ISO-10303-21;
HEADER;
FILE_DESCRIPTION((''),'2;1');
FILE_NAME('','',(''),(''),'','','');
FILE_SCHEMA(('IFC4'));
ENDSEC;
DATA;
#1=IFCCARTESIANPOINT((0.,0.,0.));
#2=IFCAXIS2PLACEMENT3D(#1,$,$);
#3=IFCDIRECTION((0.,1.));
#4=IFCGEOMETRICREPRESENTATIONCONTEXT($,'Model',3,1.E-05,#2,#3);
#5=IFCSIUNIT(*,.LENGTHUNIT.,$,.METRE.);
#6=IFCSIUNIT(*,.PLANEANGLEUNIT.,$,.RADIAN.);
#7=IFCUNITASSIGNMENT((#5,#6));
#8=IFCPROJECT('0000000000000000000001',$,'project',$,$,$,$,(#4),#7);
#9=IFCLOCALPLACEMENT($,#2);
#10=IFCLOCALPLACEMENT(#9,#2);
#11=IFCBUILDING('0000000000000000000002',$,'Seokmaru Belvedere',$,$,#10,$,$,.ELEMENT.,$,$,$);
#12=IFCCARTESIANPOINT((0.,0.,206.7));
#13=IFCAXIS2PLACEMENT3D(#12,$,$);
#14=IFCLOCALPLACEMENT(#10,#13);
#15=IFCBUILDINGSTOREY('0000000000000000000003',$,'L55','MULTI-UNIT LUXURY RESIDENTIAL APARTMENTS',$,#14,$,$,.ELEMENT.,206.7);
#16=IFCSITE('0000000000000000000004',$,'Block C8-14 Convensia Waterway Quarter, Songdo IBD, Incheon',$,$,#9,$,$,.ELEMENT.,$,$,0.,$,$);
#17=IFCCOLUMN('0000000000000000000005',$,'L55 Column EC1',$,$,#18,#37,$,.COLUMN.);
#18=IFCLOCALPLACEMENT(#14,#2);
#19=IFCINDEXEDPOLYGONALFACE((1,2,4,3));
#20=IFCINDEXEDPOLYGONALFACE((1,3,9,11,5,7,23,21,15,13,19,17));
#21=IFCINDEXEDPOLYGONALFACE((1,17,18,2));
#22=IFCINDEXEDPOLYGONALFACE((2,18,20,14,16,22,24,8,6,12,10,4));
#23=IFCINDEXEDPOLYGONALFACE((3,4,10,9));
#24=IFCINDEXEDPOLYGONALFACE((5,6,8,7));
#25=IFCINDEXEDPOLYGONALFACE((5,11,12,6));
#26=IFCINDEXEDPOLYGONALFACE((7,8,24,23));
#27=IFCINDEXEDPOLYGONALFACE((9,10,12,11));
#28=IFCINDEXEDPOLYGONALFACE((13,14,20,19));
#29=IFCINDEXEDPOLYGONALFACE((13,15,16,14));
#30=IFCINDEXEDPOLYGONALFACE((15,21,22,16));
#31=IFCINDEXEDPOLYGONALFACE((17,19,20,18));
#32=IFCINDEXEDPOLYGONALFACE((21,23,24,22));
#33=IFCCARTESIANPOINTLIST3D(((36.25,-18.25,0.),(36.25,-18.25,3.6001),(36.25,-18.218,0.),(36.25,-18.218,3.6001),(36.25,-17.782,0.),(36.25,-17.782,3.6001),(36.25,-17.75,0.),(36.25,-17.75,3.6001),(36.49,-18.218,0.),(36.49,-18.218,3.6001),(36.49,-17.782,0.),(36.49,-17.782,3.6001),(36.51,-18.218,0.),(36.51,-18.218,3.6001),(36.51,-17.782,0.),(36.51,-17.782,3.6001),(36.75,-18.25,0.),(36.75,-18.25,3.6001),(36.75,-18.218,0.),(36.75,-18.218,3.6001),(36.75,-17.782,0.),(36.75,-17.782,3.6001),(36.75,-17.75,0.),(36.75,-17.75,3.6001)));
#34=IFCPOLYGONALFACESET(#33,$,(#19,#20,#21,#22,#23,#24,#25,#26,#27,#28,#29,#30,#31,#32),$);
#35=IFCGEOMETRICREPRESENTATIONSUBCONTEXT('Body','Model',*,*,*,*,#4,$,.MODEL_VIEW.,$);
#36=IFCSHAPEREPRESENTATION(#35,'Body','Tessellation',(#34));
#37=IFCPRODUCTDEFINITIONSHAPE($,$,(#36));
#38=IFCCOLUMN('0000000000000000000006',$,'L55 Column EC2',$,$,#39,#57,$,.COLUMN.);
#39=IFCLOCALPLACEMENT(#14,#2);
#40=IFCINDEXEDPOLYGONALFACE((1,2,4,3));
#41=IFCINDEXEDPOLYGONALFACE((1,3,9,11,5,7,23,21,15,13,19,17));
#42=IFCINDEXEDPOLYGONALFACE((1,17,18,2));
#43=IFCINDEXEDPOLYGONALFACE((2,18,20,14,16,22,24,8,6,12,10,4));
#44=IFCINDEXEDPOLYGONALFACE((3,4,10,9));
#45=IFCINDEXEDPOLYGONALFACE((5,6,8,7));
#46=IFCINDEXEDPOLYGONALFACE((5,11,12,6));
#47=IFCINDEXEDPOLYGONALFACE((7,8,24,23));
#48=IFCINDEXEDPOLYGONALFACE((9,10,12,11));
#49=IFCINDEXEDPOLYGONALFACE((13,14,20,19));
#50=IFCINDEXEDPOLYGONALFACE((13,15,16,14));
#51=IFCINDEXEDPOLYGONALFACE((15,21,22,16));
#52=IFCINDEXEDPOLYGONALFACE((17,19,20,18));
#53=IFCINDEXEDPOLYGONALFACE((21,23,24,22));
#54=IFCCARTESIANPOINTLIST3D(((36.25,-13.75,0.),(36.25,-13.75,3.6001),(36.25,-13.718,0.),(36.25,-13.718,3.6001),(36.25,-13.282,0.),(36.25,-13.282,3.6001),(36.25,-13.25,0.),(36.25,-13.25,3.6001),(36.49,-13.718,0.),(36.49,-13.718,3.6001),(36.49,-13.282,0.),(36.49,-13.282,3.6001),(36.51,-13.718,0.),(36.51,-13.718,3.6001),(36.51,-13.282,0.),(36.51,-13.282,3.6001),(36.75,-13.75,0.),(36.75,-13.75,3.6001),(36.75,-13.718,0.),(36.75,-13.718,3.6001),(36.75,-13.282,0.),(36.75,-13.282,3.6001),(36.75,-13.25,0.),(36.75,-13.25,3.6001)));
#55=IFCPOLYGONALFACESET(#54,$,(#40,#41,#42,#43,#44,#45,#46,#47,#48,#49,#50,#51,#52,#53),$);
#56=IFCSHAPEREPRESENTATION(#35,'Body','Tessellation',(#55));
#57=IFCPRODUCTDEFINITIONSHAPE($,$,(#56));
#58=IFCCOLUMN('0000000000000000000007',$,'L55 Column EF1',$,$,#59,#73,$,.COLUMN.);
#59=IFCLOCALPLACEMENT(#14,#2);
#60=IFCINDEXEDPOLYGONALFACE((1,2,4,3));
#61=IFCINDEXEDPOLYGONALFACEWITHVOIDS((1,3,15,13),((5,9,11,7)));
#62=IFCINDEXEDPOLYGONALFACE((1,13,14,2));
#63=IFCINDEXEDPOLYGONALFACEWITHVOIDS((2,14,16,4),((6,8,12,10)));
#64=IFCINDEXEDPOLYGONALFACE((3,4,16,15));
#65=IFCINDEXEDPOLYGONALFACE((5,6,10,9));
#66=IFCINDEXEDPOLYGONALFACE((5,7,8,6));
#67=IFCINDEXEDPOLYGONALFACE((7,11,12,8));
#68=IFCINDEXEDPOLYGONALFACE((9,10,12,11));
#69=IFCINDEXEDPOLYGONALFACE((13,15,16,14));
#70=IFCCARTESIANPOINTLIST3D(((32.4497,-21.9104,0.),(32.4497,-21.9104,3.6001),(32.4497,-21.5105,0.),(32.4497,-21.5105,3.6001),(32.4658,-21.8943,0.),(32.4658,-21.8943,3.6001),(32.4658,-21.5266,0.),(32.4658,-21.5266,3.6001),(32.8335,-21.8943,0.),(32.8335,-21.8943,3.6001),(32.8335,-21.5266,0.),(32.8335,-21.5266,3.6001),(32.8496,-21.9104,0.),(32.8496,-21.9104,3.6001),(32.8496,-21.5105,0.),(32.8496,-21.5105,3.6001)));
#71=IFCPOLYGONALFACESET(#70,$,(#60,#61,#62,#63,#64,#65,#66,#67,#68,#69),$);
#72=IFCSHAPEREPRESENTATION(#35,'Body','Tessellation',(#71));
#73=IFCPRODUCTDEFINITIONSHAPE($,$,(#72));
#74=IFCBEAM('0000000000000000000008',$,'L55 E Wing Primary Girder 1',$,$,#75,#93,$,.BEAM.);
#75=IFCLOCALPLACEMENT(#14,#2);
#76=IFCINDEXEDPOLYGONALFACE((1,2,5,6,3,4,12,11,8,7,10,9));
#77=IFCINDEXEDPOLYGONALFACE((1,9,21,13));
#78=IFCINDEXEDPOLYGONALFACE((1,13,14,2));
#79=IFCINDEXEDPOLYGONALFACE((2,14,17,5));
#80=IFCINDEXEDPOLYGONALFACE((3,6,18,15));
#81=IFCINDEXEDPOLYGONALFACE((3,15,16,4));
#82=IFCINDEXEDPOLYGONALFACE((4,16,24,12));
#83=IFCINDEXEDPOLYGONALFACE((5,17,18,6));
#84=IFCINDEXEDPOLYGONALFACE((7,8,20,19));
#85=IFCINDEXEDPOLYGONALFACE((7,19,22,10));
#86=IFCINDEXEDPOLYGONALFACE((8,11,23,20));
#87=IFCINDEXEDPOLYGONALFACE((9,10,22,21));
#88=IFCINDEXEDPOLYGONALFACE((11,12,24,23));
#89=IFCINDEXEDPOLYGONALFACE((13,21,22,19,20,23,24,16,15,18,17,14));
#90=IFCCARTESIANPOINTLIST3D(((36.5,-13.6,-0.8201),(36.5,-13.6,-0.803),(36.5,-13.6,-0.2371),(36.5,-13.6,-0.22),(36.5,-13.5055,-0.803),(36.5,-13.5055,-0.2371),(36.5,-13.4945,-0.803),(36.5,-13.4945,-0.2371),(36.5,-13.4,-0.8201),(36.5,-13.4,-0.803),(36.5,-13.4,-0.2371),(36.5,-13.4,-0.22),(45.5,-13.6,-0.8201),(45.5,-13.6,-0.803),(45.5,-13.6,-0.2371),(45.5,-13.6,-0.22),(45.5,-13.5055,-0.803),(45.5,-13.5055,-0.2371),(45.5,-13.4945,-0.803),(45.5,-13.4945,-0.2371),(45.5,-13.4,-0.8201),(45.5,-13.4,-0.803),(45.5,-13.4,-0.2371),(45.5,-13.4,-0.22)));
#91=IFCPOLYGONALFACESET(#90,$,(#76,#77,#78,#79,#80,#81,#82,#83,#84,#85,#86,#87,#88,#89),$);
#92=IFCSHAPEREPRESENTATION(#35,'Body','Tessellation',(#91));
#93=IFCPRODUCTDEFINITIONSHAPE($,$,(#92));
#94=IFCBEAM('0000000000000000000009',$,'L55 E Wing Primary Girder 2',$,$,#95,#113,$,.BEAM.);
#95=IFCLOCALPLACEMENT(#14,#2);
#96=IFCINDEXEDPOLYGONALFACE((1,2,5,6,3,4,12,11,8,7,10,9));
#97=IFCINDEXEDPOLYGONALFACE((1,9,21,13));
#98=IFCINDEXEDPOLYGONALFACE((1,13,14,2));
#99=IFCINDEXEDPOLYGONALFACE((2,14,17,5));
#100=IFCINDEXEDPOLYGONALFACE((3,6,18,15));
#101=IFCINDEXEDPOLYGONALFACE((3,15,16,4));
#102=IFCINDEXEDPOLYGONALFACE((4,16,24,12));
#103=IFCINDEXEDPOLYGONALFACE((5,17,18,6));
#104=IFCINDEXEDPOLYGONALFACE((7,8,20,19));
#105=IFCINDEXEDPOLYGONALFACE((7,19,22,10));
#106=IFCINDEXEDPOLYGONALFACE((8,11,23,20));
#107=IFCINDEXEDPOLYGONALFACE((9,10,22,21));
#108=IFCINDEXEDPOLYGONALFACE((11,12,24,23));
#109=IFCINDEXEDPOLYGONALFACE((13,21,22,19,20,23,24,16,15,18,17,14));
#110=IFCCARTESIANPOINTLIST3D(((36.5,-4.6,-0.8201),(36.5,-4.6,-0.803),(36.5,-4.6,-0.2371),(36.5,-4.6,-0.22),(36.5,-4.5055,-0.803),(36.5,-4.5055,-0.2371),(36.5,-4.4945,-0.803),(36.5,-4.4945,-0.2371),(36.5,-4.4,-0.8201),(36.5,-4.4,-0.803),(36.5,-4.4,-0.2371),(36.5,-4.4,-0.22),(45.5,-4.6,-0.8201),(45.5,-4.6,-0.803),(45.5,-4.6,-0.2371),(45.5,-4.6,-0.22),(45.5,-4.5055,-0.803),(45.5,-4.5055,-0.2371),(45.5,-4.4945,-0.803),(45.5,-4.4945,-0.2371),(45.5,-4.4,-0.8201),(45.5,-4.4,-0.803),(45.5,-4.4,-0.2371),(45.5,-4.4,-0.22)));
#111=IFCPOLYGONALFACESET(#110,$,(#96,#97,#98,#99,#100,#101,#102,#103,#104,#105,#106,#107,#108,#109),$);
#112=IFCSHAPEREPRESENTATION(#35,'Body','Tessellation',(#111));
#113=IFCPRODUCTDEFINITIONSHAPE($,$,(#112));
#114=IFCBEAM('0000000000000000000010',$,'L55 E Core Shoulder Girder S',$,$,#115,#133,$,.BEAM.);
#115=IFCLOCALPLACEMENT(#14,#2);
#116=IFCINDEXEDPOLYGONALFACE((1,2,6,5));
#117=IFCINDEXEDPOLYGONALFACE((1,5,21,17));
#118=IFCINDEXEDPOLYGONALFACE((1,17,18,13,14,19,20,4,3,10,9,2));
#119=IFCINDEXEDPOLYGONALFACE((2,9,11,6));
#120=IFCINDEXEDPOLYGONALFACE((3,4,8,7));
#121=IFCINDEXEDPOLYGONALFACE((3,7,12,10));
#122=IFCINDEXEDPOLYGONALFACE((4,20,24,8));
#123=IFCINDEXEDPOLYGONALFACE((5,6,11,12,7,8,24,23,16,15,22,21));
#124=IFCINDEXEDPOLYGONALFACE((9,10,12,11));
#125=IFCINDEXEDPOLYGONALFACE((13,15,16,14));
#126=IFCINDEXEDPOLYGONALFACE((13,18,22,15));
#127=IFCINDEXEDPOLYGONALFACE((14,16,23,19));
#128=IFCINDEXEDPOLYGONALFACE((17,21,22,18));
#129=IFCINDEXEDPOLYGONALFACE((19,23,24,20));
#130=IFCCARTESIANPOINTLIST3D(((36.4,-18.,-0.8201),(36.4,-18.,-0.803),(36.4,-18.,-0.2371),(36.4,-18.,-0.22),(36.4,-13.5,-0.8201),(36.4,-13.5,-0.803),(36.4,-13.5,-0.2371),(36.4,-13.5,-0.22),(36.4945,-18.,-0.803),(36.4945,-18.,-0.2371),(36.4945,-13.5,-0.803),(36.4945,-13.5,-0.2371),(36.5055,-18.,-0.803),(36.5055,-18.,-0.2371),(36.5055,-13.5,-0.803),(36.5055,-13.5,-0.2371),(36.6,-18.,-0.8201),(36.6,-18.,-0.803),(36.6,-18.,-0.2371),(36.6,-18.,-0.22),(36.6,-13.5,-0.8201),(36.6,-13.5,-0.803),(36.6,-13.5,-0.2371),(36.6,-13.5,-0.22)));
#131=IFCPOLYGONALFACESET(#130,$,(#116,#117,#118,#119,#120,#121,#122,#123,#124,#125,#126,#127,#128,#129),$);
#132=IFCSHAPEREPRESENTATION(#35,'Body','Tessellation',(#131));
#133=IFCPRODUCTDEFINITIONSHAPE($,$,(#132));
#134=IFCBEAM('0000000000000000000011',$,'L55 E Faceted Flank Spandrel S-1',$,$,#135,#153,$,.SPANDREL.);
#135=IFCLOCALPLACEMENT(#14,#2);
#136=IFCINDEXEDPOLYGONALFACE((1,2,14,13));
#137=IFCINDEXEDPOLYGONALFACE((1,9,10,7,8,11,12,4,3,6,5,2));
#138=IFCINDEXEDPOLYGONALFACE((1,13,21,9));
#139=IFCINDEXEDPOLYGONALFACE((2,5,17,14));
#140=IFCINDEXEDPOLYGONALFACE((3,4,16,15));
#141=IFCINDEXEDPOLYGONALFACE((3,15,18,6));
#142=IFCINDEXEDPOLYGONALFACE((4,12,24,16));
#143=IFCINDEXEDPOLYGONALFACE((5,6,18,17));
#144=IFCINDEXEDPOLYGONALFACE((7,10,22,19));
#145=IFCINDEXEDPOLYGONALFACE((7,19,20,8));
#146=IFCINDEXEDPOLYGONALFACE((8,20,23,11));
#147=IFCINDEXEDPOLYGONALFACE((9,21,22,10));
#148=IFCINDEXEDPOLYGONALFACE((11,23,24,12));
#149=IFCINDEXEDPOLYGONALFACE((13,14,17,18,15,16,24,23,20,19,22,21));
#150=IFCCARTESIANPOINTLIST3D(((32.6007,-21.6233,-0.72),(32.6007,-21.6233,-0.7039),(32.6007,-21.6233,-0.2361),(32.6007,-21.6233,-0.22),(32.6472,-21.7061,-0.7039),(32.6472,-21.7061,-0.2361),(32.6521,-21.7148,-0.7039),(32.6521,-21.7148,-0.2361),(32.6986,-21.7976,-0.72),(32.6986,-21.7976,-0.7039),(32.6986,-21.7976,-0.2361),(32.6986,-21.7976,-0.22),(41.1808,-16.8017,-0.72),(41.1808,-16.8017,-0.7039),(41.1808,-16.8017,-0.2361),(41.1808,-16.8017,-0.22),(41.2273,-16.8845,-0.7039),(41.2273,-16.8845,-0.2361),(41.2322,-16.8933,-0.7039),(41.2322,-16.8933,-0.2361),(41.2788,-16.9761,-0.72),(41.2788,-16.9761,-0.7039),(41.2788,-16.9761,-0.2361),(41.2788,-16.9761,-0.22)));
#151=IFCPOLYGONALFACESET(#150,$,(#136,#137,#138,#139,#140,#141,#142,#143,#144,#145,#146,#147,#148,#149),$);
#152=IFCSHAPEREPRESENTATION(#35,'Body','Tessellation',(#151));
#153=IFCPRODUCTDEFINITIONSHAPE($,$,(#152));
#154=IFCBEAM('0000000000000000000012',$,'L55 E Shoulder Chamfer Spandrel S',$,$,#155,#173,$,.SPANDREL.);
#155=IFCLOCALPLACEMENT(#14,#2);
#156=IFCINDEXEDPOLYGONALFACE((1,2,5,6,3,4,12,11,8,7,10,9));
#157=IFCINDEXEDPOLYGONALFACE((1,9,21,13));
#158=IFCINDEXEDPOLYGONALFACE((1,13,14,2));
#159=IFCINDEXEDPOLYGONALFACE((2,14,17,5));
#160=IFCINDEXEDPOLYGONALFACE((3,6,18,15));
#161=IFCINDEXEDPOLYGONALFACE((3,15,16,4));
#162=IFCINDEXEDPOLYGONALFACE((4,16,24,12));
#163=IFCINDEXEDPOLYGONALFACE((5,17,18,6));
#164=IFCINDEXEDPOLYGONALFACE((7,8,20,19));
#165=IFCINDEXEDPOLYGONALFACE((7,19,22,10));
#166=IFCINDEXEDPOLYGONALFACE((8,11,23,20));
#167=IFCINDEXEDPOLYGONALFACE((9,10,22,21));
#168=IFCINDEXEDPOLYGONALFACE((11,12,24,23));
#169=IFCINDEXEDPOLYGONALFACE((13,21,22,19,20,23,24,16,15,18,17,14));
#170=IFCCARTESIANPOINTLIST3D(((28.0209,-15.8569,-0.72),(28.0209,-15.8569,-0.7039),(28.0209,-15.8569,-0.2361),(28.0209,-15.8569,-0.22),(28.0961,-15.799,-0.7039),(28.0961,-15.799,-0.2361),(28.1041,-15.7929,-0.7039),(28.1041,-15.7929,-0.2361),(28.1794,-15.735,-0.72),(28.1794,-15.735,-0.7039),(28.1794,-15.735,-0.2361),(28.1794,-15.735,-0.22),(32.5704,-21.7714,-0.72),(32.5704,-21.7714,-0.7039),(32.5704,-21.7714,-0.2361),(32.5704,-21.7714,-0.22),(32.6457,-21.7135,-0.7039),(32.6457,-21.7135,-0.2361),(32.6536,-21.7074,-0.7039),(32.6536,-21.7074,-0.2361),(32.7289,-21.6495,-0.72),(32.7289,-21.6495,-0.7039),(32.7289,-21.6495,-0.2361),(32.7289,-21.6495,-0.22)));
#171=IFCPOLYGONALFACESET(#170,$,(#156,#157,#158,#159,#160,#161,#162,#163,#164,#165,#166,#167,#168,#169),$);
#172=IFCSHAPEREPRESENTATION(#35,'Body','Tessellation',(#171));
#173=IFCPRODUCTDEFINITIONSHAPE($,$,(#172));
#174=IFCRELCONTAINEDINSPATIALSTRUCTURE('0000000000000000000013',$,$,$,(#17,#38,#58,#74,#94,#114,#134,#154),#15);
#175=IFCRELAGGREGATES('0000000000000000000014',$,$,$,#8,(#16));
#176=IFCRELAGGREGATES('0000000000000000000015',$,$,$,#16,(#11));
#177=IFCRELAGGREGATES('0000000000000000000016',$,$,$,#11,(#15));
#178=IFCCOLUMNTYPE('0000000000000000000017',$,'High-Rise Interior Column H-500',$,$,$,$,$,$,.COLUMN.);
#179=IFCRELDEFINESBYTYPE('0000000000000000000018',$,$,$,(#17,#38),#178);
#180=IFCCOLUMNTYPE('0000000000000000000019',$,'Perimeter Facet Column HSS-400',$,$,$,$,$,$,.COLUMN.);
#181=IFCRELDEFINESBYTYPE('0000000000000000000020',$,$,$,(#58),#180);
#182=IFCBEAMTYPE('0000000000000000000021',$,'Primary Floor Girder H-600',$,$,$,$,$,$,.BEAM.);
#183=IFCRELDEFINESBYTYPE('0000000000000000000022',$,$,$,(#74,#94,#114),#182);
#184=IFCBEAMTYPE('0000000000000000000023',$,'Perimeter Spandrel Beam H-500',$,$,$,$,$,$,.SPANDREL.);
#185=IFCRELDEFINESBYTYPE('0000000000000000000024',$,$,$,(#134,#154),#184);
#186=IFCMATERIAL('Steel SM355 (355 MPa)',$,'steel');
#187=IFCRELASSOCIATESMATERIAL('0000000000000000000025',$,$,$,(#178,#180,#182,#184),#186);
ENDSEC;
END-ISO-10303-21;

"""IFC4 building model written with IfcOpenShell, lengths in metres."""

from ifc_helpers import new_model, si_unit, direction, frame, origin, origin_2d, place, context, subcontext, project, spatial, hollow_rectangle, i_section, extrude, source, transform, mapped, material, material_profile, profile_set, type_object, type_shapes, element, save


model = new_model("IFC4")

# Units and contexts
model_context = context("Model", 3, precision=1e-05, world=origin(), true_north=direction((0.0, 1.0)))
body_context = subcontext(model_context, "Body", "Model", "MODEL_VIEW")
ifc_project = project(units=[si_unit("LENGTHUNIT", "METRE"), si_unit("PLANEANGLEUNIT", "RADIAN")], contexts=[model_context])

# Site, building, storey
site_placement = place(None, origin())
site = spatial("IfcSite", under=ifc_project, at=site_placement, Name="Block C8-14 Convensia Waterway Quarter, Songdo IBD, Incheon", CompositionType="ELEMENT", RefElevation=0.0)
building_placement = place(site_placement, origin())
building = spatial("IfcBuilding", under=site, at=building_placement, Name="Seokmaru Belvedere", CompositionType="ELEMENT")
storey_placement = place(building_placement, frame((0.0, 0.0, 206.7)))
storey = spatial("IfcBuildingStorey", under=building, at=storey_placement, Name="L55", Description="MULTI-UNIT LUXURY RESIDENTIAL APARTMENTS", CompositionType="ELEMENT", Elevation=206.7)

# Columns
ifc_material_1 = material(Name="Steel SM355 (355 MPa)", Category="steel")
ifc_material_profile_1 = material_profile(ifc_material_1, i_section(OverallWidth=0.5, OverallDepth=0.5, WebThickness=0.02, FlangeThickness=0.032, at=origin_2d()), Name="H-500x500x20x32")
ifc_profile_set_1 = profile_set([ifc_material_profile_1], Name="Steel SM355 (355 MPa)")
column_type_1 = type_object("IfcColumnType", Name="High-Rise Interior Column H-500", PredefinedType="COLUMN", material=ifc_profile_set_1)
shared_shape_1 = source(origin(), body_context, "Body", "SweptSolid", [
    extrude(i_section(OverallWidth=0.5, OverallDepth=0.5, WebThickness=0.02, FlangeThickness=0.032, at=origin_2d()), origin(), (0.0, 0.0, 1.0), 3.6001),
])
type_shapes(column_type_1, [shared_shape_1])
for number, where, z_axis, x_axis, name in (
    (1, (36.5, -18.0, 0.0), (0.0, 0.0, 1.0), (1.0, 0.0, 0.0), "L55 Column EC1"),
    (2, (36.5, -13.5, 0.0), (0.0, 0.0, 1.0), (1.0, 0.0, 0.0), "L55 Column EC2"),
):
    element("IfcColumn", number, at=place(storey_placement, frame(where, z_axis=z_axis, x_axis=x_axis)), inside=storey, type_object=column_type_1, Name=name, PredefinedType="COLUMN", context=body_context, shape_type="MappedRepresentation", body=[
        mapped(shared_shape_1, transform((0.0, 0.0, 0.0), scale=1.0)),
    ])
ifc_material_profile_2 = material_profile(ifc_material_1, hollow_rectangle(XDim=0.3999, YDim=0.3999, WallThickness=0.0161, at=origin_2d()), Name="HSS-400x400x16")
ifc_profile_set_2 = profile_set([ifc_material_profile_2], Name="Steel SM355 (355 MPa)")
column_type_2 = type_object("IfcColumnType", Name="Perimeter Facet Column HSS-400", PredefinedType="COLUMN", material=ifc_profile_set_2)
shared_shape_2 = source(origin(), body_context, "Body", "SweptSolid", [
    extrude(hollow_rectangle(XDim=0.3999, YDim=0.3999, WallThickness=0.0161, at=origin_2d()), origin(), (0.0, 0.0, 1.0), 3.6001),
])
type_shapes(column_type_2, [shared_shape_2])
column_placement = place(storey_placement, frame((32.6497, -21.7104, 0.0), z_axis=(0.0, 0.0, 1.0), x_axis=(1.0, 0.0, 0.0)))
element("IfcColumn", 3, at=column_placement, inside=storey, type_object=column_type_2, Name="L55 Column EF1", PredefinedType="COLUMN", context=body_context, shape_type="MappedRepresentation", body=[
    mapped(shared_shape_2, transform((0.0, 0.0, 0.0), scale=1.0)),
])

# Beams
ifc_material_profile_3 = material_profile(ifc_material_1, i_section(OverallWidth=0.2, OverallDepth=0.6001, WebThickness=0.011, FlangeThickness=0.0171, at=origin_2d()), Name="H-600x200x11x17")
ifc_profile_set_3 = profile_set([ifc_material_profile_3], Name="Steel SM355 (355 MPa)")
beam_type_1 = type_object("IfcBeamType", Name="Primary Floor Girder H-600", PredefinedType="BEAM", material=ifc_profile_set_3)
shared_shape_3 = source(origin(), body_context, "Body", "SweptSolid", [
    extrude(i_section(OverallWidth=0.2, OverallDepth=0.6001, WebThickness=0.011, FlangeThickness=0.0171, at=origin_2d()), origin(), (0.0, 0.0, 1.0), 9.0),
])
for number, where, z_axis, x_axis, name in (
    (4, (36.5, -13.5, -0.52), (1.0, 0.0, 0.0), (0.0, 1.0, 0.0), "L55 E Wing Primary Girder 1"),
    (5, (36.5, -4.5, -0.52), (1.0, 0.0, 0.0), (0.0, 1.0, 0.0), "L55 E Wing Primary Girder 2"),
):
    element("IfcBeam", number, at=place(storey_placement, frame(where, z_axis=z_axis, x_axis=x_axis)), inside=storey, type_object=beam_type_1, Name=name, PredefinedType="BEAM", context=body_context, shape_type="MappedRepresentation", body=[
        mapped(shared_shape_3, transform((0.0, 0.0, 0.0), scale=1.0)),
    ])
shared_shape_4 = source(origin(), body_context, "Body", "SweptSolid", [
    extrude(i_section(OverallWidth=0.2, OverallDepth=0.6001, WebThickness=0.011, FlangeThickness=0.0171, at=origin_2d()), origin(), (0.0, 0.0, 1.0), 4.5),
])
type_shapes(beam_type_1, [shared_shape_3, shared_shape_4])
beam_1_placement = place(storey_placement, frame((36.5, -18.0, -0.52), z_axis=(0.0, 1.0, 0.0), x_axis=(-1.0, 0.0, 0.0)))
element("IfcBeam", 6, at=beam_1_placement, inside=storey, type_object=beam_type_1, Name="L55 E Core Shoulder Girder S", PredefinedType="BEAM", context=body_context, shape_type="MappedRepresentation", body=[
    mapped(shared_shape_4, transform((0.0, 0.0, 0.0), scale=1.0)),
])
ifc_material_profile_4 = material_profile(ifc_material_1, i_section(OverallWidth=0.2, OverallDepth=0.5, WebThickness=0.01, FlangeThickness=0.0161, at=origin_2d()), Name="H-500x200x10x16")
ifc_profile_set_4 = profile_set([ifc_material_profile_4], Name="Steel SM355 (355 MPa)")
beam_type_2 = type_object("IfcBeamType", Name="Perimeter Spandrel Beam H-500", PredefinedType="SPANDREL", material=ifc_profile_set_4)
shared_shape_5 = source(origin(), body_context, "Body", "SweptSolid", [
    extrude(i_section(OverallWidth=0.2, OverallDepth=0.5, WebThickness=0.01, FlangeThickness=0.0161, at=origin_2d()), origin(), (0.0, 0.0, 1.0), 9.842),
])
beam_2_placement = place(storey_placement, frame((32.6497, -21.7104, -0.47), z_axis=(0.871782, 0.489894, 0.0), x_axis=(-0.489894, 0.871782, 0.0)))
element("IfcBeam", 7, at=beam_2_placement, inside=storey, type_object=beam_type_2, Name="L55 E Faceted Flank Spandrel S-1", PredefinedType="SPANDREL", context=body_context, shape_type="MappedRepresentation", body=[
    mapped(shared_shape_5, transform((0.0, 0.0, 0.0), scale=1.0)),
])
shared_shape_6 = source(origin(), body_context, "Body", "SweptSolid", [
    extrude(i_section(OverallWidth=0.2, OverallDepth=0.5, WebThickness=0.01, FlangeThickness=0.0161, at=origin_2d()), origin(), (0.0, 0.0, 1.0), 7.4619),
])
type_shapes(beam_type_2, [shared_shape_5, shared_shape_6])
beam_3_placement = place(storey_placement, frame((32.6497, -21.7104, -0.47), z_axis=(-0.609703, 0.79263, 0.0), x_axis=(-0.79263, -0.609703, 0.0)))
element("IfcBeam", 8, at=beam_3_placement, inside=storey, type_object=beam_type_2, Name="L55 E Shoulder Chamfer Spandrel S", PredefinedType="SPANDREL", context=body_context, shape_type="MappedRepresentation", body=[
    mapped(shared_shape_6, transform((0.0, 0.0, 0.0), scale=1.0)),
])

save(model, "model.ifc")
